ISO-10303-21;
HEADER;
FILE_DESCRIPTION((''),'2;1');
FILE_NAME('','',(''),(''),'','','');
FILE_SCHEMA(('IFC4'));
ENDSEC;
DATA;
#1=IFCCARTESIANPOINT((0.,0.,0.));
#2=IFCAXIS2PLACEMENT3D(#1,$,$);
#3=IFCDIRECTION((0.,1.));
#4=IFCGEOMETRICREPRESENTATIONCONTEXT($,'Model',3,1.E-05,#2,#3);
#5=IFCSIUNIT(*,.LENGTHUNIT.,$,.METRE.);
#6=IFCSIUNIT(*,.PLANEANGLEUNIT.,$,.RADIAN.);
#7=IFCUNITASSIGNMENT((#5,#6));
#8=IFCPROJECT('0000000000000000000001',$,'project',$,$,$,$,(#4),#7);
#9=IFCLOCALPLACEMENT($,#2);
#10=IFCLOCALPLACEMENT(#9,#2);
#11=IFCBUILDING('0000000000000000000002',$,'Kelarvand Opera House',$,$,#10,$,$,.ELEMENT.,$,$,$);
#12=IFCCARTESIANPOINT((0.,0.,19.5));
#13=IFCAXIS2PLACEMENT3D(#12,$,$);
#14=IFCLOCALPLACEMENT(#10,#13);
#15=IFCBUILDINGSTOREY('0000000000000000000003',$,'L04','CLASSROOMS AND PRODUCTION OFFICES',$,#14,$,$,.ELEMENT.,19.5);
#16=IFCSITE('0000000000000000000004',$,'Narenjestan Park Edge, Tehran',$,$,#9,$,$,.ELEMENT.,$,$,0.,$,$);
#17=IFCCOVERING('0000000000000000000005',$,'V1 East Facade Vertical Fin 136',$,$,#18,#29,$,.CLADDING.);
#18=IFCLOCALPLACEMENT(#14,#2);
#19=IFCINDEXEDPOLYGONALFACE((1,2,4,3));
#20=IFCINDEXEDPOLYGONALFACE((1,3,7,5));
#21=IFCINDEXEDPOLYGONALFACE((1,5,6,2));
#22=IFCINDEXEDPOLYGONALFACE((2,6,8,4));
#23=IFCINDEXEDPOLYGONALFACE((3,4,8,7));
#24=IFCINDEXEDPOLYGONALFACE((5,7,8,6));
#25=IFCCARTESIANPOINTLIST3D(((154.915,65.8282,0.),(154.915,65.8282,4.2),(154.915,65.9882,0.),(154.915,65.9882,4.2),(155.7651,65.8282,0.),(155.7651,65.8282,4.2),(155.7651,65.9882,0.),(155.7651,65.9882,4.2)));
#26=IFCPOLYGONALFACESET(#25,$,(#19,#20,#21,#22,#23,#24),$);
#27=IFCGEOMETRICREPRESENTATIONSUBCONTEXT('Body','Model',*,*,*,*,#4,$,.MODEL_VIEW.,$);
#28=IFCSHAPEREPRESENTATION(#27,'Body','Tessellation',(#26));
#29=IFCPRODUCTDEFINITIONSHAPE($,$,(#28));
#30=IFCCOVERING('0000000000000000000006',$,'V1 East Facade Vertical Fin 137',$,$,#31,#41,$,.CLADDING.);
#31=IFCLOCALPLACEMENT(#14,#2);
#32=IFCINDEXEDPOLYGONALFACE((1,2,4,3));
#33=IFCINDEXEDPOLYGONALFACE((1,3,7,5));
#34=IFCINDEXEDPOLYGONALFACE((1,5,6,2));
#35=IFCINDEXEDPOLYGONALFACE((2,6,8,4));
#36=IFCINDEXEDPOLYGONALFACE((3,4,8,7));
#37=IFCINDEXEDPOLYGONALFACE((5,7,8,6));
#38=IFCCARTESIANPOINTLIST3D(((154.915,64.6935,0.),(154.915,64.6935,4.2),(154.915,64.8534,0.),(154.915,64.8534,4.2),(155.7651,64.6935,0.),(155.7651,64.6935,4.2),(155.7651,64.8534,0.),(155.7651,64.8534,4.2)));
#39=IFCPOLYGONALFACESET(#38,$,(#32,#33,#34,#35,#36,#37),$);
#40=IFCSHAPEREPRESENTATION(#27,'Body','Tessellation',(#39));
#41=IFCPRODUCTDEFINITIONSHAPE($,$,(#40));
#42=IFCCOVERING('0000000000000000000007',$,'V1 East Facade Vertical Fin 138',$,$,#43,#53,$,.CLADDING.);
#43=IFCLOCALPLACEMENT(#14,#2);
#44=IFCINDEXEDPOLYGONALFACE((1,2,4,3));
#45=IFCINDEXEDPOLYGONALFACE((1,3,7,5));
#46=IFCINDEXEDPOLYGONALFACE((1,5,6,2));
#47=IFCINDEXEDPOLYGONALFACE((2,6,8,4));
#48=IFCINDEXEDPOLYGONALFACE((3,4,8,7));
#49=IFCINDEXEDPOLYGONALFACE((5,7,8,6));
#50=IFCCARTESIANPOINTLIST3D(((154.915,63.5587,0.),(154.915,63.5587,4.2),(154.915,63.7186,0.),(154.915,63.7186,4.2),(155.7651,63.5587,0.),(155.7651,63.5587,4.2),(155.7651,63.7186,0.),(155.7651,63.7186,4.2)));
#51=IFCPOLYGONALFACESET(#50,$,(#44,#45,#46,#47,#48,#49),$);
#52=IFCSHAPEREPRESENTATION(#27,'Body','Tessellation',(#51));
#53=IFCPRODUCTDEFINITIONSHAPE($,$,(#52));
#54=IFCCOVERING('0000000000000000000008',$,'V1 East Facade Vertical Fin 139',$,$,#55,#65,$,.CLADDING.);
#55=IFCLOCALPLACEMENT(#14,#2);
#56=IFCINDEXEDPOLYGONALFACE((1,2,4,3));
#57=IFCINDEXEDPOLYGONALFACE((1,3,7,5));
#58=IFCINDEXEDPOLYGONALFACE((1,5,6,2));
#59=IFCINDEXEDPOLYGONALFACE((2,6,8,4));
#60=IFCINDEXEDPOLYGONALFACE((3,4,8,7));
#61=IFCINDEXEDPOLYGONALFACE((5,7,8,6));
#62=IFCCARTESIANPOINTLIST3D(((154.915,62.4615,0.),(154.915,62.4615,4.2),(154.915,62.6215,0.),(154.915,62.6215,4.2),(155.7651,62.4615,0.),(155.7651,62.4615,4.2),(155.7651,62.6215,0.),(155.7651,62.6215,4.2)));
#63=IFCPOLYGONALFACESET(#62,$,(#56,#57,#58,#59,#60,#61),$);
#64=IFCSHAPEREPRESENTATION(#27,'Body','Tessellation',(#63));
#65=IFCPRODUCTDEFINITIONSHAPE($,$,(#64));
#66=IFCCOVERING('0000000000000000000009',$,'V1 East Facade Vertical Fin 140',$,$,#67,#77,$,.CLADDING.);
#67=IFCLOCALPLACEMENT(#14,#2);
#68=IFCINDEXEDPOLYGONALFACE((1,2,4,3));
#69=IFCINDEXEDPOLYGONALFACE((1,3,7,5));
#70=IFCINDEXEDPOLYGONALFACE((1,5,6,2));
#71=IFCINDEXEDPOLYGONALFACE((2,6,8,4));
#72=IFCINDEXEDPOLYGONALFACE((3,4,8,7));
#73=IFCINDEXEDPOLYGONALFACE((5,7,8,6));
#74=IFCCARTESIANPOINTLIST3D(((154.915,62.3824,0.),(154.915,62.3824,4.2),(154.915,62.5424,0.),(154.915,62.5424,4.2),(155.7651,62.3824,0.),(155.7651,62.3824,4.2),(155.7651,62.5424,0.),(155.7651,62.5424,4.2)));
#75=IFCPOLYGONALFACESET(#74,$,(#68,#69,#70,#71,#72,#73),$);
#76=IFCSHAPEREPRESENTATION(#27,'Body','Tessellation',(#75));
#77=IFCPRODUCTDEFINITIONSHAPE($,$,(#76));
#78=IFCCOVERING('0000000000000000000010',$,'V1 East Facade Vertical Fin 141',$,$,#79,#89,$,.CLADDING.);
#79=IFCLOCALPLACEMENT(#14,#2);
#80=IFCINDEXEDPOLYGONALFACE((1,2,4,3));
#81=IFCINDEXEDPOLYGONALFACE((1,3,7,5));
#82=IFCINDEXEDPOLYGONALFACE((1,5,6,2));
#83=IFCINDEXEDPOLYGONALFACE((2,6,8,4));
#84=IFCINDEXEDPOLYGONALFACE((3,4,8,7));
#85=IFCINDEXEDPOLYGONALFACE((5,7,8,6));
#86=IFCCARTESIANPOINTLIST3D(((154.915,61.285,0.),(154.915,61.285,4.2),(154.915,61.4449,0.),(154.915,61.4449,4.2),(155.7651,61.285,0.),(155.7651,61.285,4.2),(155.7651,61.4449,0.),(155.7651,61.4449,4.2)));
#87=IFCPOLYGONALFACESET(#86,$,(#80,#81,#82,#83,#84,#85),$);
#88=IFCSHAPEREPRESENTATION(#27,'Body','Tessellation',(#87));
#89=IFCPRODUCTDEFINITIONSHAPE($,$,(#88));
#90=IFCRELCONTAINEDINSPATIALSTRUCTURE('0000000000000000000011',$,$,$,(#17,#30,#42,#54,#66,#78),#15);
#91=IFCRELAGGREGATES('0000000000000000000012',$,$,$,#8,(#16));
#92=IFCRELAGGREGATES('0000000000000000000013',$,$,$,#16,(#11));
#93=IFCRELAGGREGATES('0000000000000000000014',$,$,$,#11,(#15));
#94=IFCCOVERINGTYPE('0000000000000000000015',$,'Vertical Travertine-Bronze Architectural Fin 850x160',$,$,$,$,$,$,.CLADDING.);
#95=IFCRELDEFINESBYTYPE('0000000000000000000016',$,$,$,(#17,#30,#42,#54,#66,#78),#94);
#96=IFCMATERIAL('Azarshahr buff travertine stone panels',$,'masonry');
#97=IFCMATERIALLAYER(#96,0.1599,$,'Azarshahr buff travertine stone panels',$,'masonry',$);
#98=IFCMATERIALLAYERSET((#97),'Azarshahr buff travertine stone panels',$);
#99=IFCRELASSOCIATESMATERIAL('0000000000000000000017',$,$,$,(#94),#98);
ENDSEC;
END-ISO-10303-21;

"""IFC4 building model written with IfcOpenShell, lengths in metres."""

from ifc_helpers import new_model, si_unit, direction, frame, origin, origin_2d, place, context, subcontext, project, spatial, rectangle, extrude, material, layer, layer_set, type_object, element, save


model = new_model("IFC4")

# Units and contexts
model_context = context("Model", 3, precision=1e-05, world=origin(), true_north=direction((0.0, 1.0)))
body_context = subcontext(model_context, "Body", "Model", "MODEL_VIEW")
ifc_project = project(units=[si_unit("LENGTHUNIT", "METRE"), si_unit("PLANEANGLEUNIT", "RADIAN")], contexts=[model_context])

# Site, building, storey
site_placement = place(None, origin())
site = spatial("IfcSite", under=ifc_project, at=site_placement, Name="Narenjestan Park Edge, Tehran", CompositionType="ELEMENT", RefElevation=0.0)
building_placement = place(site_placement, origin())
building = spatial("IfcBuilding", under=site, at=building_placement, Name="Kelarvand Opera House", CompositionType="ELEMENT")
storey_placement = place(building_placement, frame((0.0, 0.0, 19.5)))
storey = spatial("IfcBuildingStorey", under=building, at=storey_placement, Name="L04", Description="CLASSROOMS AND PRODUCTION OFFICES", CompositionType="ELEMENT", Elevation=19.5)

# Coverings
ifc_material_1 = material(Name="Azarshahr buff travertine stone panels", Category="masonry")
ifc_layer_1 = layer(ifc_material_1, 0.1599, Name="Azarshahr buff travertine stone panels", Category="masonry")
ifc_layer_set_1 = layer_set([ifc_layer_1], Name="Azarshahr buff travertine stone panels")
covering_type = type_object("IfcCoveringType", Name="Vertical Travertine-Bronze Architectural Fin 850x160", PredefinedType="CLADDING", material=ifc_layer_set_1)
for number, where, z_axis, x_axis, name in (
    (1, (155.3401, 65.9082, 0.0), (0.0, 0.0, 1.0), (1.0, 0.0, 0.0), "V1 East Facade Vertical Fin 136"),
    (2, (155.3401, 64.7734, 0.0), (0.0, 0.0, 1.0), (1.0, 0.0, 0.0), "V1 East Facade Vertical Fin 137"),
    (3, (155.3401, 63.6387, 0.0), (0.0, 0.0, 1.0), (1.0, 0.0, 0.0), "V1 East Facade Vertical Fin 138"),
    (4, (155.3401, 62.5415, 0.0), (0.0, 0.0, 1.0), (1.0, 0.0, 0.0), "V1 East Facade Vertical Fin 139"),
    (5, (155.3401, 62.4624, 0.0), (0.0, 0.0, 1.0), (1.0, 0.0, 0.0), "V1 East Facade Vertical Fin 140"),
    (6, (155.3401, 61.365, 0.0), (0.0, 0.0, 1.0), (1.0, 0.0, 0.0), "V1 East Facade Vertical Fin 141"),
):
    element("IfcCovering", number, at=place(storey_placement, frame(where, z_axis=z_axis, x_axis=x_axis)), inside=storey, type_object=covering_type, Name=name, PredefinedType="CLADDING", context=body_context, shape_type="SweptSolid", body=[
        extrude(rectangle(XDim=0.8501, YDim=0.1599, at=origin_2d()), origin(), (0.0, 0.0, 1.0), 4.2),
    ])

save(model, "model.ifc")
